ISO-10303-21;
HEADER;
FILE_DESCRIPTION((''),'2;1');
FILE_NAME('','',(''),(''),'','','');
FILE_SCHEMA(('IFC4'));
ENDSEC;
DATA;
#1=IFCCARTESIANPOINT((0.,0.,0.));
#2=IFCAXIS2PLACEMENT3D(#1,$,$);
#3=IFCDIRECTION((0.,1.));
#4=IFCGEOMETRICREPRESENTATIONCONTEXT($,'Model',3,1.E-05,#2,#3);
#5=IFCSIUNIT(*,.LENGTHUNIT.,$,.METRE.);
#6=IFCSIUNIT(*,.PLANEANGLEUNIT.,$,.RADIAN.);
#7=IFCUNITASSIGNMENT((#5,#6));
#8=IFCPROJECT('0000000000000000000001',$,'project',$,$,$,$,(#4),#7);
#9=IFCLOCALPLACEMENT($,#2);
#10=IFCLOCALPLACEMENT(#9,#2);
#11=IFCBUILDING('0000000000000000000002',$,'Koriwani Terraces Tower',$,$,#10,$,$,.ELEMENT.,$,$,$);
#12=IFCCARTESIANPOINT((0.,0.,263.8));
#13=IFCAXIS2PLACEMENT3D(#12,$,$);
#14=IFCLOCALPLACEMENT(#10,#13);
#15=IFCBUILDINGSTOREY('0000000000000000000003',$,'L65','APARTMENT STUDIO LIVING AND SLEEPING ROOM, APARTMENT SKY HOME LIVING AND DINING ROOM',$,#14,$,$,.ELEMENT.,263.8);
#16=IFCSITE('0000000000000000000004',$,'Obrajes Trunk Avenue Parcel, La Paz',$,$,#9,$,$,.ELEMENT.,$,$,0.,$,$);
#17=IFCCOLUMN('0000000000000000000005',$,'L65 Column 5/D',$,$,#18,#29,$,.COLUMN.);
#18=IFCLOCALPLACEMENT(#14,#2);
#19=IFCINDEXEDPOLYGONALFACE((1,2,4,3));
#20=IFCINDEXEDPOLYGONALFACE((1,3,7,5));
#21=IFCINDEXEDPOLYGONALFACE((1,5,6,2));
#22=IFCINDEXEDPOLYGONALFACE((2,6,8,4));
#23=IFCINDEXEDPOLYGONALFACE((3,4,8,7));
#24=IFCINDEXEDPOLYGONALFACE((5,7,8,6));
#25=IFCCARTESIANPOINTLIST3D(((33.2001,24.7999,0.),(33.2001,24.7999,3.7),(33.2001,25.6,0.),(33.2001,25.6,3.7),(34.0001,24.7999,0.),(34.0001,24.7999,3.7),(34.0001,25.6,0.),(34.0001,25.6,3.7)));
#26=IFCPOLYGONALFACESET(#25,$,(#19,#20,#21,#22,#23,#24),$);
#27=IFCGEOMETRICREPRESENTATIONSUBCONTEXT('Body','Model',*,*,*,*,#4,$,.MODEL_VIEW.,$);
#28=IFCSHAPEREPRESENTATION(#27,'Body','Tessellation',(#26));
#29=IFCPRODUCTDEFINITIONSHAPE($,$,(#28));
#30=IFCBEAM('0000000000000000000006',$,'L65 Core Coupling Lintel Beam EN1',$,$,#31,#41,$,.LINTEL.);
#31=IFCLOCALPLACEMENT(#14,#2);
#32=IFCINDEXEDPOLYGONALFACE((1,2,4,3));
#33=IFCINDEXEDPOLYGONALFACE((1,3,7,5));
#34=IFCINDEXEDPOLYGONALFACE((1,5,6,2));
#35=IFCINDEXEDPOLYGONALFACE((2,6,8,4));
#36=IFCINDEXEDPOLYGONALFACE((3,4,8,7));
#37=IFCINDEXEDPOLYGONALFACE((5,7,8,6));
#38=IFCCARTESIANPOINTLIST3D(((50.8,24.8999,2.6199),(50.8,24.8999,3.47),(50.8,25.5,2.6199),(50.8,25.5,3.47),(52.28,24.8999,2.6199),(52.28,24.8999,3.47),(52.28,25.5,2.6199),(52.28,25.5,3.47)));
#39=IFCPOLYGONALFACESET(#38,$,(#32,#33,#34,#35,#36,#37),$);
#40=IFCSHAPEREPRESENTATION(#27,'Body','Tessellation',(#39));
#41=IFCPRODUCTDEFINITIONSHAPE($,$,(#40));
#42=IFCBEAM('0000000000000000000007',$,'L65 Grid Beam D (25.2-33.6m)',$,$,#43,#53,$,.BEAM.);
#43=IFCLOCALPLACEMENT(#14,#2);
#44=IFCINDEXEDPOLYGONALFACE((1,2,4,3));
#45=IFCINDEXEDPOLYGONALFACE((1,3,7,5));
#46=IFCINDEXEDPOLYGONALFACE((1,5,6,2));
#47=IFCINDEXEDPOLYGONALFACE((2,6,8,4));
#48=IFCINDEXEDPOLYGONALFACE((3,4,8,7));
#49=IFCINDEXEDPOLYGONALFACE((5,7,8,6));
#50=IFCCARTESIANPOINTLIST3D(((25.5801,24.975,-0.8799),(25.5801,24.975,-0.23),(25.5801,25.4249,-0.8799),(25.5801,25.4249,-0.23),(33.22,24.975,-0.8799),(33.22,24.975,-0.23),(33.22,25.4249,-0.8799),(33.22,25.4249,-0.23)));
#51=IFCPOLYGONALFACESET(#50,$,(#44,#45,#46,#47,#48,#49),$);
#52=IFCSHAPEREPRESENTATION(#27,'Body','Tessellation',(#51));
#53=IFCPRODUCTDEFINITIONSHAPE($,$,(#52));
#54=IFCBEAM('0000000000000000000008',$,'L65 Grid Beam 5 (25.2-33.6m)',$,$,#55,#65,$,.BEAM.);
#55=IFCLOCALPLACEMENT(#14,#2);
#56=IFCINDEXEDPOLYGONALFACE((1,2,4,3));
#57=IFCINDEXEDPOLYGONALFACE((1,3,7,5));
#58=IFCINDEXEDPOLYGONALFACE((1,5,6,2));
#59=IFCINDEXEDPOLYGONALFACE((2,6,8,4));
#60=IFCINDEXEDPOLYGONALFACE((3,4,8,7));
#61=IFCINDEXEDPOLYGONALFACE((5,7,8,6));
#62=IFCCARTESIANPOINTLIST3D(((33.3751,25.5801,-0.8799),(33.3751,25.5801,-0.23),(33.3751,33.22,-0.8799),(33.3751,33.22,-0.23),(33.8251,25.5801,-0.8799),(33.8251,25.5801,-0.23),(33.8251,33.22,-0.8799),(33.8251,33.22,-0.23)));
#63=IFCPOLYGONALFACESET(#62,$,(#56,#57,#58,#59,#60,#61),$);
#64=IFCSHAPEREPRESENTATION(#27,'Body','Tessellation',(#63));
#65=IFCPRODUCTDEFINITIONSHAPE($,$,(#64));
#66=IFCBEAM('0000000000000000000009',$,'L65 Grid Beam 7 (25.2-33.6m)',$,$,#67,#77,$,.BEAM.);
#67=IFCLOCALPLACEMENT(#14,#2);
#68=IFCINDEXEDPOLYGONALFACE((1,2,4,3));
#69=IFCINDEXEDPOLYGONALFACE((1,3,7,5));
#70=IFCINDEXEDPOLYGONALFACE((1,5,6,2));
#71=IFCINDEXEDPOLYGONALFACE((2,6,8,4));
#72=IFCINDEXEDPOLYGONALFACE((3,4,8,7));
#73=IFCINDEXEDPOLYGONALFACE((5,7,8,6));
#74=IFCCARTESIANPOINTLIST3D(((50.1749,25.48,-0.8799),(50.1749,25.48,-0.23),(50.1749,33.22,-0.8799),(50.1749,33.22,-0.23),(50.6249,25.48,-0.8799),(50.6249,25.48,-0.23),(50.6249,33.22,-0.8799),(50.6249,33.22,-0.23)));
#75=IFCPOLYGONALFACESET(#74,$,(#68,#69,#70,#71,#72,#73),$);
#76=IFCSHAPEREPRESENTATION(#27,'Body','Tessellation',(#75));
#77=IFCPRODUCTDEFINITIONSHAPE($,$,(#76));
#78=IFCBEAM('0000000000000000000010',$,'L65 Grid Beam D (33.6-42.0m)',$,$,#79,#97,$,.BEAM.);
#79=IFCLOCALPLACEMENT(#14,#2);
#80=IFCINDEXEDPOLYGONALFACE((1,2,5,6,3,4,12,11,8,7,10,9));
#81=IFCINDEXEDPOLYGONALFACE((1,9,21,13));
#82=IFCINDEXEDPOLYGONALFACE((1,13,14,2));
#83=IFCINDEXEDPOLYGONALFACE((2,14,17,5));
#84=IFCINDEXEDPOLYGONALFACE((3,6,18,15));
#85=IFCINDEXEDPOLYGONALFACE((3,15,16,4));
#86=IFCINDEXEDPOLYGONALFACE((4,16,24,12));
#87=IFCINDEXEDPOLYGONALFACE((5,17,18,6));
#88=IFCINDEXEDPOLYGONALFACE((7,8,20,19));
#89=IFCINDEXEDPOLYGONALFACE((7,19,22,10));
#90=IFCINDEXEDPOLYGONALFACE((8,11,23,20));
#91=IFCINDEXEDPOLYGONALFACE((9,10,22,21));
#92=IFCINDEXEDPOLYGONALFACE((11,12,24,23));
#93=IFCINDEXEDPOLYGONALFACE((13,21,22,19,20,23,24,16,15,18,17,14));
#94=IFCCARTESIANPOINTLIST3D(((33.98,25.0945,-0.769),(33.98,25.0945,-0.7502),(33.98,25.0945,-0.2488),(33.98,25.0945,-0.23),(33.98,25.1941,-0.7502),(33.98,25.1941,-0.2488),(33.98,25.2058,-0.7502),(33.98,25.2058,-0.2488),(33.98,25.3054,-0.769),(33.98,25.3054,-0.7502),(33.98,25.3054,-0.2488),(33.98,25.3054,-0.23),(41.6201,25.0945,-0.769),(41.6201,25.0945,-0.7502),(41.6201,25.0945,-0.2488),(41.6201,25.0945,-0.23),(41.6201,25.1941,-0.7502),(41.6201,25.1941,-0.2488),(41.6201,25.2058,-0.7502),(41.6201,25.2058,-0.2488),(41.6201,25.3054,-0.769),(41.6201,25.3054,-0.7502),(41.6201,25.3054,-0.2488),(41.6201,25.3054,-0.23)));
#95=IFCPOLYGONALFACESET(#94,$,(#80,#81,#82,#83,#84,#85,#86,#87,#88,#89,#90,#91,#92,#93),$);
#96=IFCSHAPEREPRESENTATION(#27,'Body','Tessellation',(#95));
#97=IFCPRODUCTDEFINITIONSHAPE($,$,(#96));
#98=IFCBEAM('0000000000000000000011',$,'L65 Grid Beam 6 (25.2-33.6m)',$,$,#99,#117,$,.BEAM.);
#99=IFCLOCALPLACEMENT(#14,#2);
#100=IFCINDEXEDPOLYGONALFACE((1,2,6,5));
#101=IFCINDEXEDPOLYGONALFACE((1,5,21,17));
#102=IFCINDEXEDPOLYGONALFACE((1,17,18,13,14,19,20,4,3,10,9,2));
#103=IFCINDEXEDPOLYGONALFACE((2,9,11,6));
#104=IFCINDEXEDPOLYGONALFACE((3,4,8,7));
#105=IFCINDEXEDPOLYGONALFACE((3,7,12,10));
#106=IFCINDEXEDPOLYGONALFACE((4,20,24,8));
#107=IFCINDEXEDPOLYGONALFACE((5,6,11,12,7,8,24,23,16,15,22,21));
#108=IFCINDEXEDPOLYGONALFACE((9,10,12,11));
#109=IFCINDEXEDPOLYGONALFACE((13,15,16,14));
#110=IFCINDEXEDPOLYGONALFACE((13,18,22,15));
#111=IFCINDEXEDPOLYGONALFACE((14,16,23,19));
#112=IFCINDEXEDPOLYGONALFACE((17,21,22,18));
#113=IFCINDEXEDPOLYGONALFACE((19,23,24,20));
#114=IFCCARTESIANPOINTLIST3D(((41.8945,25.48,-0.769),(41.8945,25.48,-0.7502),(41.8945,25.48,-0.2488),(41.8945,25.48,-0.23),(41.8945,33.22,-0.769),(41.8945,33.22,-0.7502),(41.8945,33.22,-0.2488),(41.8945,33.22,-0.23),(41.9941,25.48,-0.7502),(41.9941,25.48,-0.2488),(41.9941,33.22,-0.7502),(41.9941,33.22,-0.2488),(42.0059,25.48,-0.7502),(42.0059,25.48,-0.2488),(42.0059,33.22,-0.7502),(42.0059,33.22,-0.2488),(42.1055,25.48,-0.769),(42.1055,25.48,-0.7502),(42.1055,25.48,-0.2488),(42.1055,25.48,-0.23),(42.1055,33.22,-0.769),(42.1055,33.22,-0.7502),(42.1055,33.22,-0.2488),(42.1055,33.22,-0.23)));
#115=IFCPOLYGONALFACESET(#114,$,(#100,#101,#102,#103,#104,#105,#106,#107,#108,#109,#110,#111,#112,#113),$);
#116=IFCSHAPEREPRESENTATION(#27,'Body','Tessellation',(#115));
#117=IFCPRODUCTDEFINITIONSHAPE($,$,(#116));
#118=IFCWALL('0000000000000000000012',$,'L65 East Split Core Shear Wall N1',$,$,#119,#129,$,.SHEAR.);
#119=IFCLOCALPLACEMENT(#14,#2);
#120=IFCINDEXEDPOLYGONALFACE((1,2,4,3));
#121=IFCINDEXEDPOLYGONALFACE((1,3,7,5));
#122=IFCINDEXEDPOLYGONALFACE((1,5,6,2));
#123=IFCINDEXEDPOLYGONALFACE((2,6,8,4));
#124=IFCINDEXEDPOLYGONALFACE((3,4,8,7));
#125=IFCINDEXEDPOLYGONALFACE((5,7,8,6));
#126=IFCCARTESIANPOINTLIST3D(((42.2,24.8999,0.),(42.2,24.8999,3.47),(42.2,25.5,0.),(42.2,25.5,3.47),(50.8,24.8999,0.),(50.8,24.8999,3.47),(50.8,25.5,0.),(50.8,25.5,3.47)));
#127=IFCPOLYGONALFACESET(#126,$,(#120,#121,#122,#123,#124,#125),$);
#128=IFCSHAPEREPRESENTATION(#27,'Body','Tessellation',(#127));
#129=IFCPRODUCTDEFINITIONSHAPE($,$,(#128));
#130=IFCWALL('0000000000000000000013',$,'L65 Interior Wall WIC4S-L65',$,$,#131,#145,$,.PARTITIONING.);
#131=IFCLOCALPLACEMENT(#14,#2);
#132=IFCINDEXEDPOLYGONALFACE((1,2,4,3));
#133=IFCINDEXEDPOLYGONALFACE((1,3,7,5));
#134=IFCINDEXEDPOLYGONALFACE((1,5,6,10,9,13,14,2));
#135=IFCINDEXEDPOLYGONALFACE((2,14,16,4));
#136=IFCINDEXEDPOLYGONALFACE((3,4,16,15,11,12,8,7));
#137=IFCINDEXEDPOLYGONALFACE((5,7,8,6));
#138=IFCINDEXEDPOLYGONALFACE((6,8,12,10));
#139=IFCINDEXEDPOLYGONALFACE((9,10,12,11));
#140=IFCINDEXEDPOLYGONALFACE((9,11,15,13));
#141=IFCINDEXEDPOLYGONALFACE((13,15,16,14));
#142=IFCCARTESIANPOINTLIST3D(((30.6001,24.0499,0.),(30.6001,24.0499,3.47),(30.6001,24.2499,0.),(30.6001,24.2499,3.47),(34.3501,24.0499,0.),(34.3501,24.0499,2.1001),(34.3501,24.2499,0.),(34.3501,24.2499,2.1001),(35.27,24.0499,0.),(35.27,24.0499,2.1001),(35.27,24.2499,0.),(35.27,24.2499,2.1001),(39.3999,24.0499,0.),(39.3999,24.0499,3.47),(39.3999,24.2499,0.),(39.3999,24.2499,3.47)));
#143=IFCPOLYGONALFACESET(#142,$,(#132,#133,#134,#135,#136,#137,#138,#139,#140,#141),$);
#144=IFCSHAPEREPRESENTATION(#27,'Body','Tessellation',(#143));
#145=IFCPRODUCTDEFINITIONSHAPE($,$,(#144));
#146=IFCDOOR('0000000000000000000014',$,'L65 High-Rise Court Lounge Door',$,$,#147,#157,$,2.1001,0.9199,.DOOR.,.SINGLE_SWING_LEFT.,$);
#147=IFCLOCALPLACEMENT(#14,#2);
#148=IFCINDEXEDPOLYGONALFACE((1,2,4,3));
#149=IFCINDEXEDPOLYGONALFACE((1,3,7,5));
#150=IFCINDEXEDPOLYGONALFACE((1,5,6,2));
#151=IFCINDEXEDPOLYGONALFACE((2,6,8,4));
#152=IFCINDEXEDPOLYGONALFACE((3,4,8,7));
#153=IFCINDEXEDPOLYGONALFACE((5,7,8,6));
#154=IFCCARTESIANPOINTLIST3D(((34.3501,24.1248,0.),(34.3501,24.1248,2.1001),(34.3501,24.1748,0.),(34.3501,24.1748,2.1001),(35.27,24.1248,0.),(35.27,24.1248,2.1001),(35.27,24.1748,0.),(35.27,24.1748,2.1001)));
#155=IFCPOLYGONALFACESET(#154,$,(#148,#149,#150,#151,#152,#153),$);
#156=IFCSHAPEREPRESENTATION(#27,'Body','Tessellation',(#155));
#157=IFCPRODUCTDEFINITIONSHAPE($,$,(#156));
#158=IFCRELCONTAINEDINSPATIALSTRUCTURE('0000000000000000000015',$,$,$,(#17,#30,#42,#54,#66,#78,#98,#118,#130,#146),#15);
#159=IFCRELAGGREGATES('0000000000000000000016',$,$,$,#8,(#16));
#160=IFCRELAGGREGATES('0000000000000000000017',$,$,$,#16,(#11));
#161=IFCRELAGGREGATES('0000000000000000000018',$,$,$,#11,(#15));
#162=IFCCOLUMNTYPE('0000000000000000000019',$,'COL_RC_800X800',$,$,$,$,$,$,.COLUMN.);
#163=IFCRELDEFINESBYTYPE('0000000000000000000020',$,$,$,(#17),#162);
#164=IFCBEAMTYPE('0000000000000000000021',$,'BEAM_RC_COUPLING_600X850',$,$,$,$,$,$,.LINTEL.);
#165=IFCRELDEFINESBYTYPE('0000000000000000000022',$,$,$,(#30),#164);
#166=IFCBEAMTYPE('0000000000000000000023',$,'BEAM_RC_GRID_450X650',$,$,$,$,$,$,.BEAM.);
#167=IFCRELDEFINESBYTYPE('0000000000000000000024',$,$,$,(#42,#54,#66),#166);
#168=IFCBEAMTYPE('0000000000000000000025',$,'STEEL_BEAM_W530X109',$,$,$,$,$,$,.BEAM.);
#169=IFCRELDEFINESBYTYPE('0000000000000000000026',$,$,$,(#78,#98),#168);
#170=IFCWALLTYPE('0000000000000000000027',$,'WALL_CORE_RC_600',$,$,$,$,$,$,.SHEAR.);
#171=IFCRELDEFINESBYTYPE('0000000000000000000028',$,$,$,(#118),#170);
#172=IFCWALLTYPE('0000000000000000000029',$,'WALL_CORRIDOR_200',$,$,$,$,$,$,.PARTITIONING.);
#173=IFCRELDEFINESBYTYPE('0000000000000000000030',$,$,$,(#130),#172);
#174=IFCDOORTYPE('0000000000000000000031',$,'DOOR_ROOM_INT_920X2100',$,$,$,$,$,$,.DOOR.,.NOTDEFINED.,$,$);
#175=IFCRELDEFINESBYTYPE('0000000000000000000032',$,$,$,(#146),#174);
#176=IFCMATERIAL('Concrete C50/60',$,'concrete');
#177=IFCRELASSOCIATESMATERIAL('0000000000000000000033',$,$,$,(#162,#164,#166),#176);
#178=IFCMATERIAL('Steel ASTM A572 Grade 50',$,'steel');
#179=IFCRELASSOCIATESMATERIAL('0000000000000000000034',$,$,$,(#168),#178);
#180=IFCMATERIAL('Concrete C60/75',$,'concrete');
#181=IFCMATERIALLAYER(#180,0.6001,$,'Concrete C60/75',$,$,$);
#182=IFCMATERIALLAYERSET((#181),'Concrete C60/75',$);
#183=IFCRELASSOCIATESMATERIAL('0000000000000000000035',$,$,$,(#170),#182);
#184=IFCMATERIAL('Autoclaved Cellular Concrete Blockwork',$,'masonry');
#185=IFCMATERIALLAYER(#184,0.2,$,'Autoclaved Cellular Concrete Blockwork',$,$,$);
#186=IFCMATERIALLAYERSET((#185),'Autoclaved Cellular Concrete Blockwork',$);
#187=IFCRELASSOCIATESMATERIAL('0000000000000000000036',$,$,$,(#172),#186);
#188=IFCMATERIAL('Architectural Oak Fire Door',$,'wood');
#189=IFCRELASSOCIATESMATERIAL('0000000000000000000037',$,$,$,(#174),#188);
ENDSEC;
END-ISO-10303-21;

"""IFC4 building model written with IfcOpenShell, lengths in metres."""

from ifc_helpers import new_model, si_unit, direction, frame, frame_2d, origin, origin_2d, place, context, subcontext, project, spatial, rectangle, i_section, extrude, material, layer, layer_set, material_profile, profile_set, type_object, element, fill, save


model = new_model("IFC4")

# Units and contexts
model_context = context("Model", 3, precision=1e-05, world=origin(), true_north=direction((0.0, 1.0)))
body_context = subcontext(model_context, "Body", "Model", "MODEL_VIEW")
ifc_project = project(units=[si_unit("LENGTHUNIT", "METRE"), si_unit("PLANEANGLEUNIT", "RADIAN")], contexts=[model_context])

# Site, building, storey
site_placement = place(None, origin())
site = spatial("IfcSite", under=ifc_project, at=site_placement, Name="Obrajes Trunk Avenue Parcel, La Paz", CompositionType="ELEMENT", RefElevation=0.0)
building_placement = place(site_placement, origin())
building = spatial("IfcBuilding", under=site, at=building_placement, Name="Koriwani Terraces Tower", CompositionType="ELEMENT")
storey_placement = place(building_placement, frame((0.0, 0.0, 263.8)))
storey = spatial("IfcBuildingStorey", under=building, at=storey_placement, Name="L65", Description="APARTMENT STUDIO LIVING AND SLEEPING ROOM, APARTMENT SKY HOME LIVING AND DINING ROOM", CompositionType="ELEMENT", Elevation=263.8)

# Column
ifc_material_1 = material(Name="Concrete C50/60", Category="concrete")
ifc_material_profile_1 = material_profile(ifc_material_1, rectangle(XDim=0.8, YDim=0.8, at=origin_2d()), Name="Concrete C50/60", Category="LoadBearing")
ifc_profile_set_1 = profile_set([ifc_material_profile_1], Name="Concrete C50/60")
column_type = type_object("IfcColumnType", Name="COL_RC_800X800", PredefinedType="COLUMN", material=ifc_profile_set_1)
column_placement = place(storey_placement, frame((33.6001, 25.2, 0.0), z_axis=(0.0, 0.0, 1.0), x_axis=(1.0, 0.0, 0.0)))
element("IfcColumn", 1, at=column_placement, inside=storey, type_object=column_type, Name="L65 Column 5/D", PredefinedType="COLUMN", context=body_context, shape_type="SweptSolid", body=[
    extrude(rectangle(XDim=0.8, YDim=0.8, at=origin_2d()), origin(), (0.0, 0.0, 1.0), 3.7),
])

# Beams
ifc_material_profile_2 = material_profile(ifc_material_1, rectangle(XDim=0.6001, YDim=0.8501, at=origin_2d()), Name="Concrete C50/60", Category="LoadBearing")
ifc_profile_set_2 = profile_set([ifc_material_profile_2], Name="Concrete C50/60")
beam_type_1 = type_object("IfcBeamType", Name="BEAM_RC_COUPLING_600X850", PredefinedType="LINTEL", material=ifc_profile_set_2)
beam_1_placement = place(storey_placement, frame((50.8, 25.2, 3.0449), z_axis=(1.0, 0.0, 0.0), x_axis=(0.0, 1.0, 0.0)))
element("IfcBeam", 2, at=beam_1_placement, inside=storey, type_object=beam_type_1, Name="L65 Core Coupling Lintel Beam EN1", PredefinedType="LINTEL", context=body_context, shape_type="SweptSolid", body=[
    extrude(rectangle(XDim=0.6001, YDim=0.8501, at=origin_2d()), origin(), (0.0, 0.0, 1.0), 1.48),
])
ifc_material_profile_3 = material_profile(ifc_material_1, rectangle(XDim=0.45, YDim=0.6499, at=origin_2d()), Name="Concrete C50/60", Category="LoadBearing")
ifc_profile_set_3 = profile_set([ifc_material_profile_3], Name="Concrete C50/60")
beam_type_2 = type_object("IfcBeamType", Name="BEAM_RC_GRID_450X650", PredefinedType="BEAM", material=ifc_profile_set_3)
for number, where, z_axis, x_axis, name in (
    (3, (25.5801, 25.2, -0.5549), (1.0, 0.0, 0.0), (0.0, 1.0, 0.0), "L65 Grid Beam D (25.2-33.6m)"),
    (4, (33.6001, 25.5801, -0.5549), (0.0, 1.0, 0.0), (-1.0, 0.0, 0.0), "L65 Grid Beam 5 (25.2-33.6m)"),
):
    element("IfcBeam", number, at=place(storey_placement, frame(where, z_axis=z_axis, x_axis=x_axis)), inside=storey, type_object=beam_type_2, Name=name, PredefinedType="BEAM", context=body_context, shape_type="SweptSolid", body=[
        extrude(rectangle(XDim=0.45, YDim=0.6499, at=origin_2d()), origin(), (0.0, 0.0, 1.0), 7.6399),
    ])
beam_2_placement = place(storey_placement, frame((50.3999, 25.48, -0.5549), z_axis=(0.0, 1.0, 0.0), x_axis=(-1.0, 0.0, 0.0)))
element("IfcBeam", 5, at=beam_2_placement, inside=storey, type_object=beam_type_2, Name="L65 Grid Beam 7 (25.2-33.6m)", PredefinedType="BEAM", context=body_context, shape_type="SweptSolid", body=[
    extrude(rectangle(XDim=0.45, YDim=0.6499, at=origin_2d()), origin(), (0.0, 0.0, 1.0), 7.74),
])
ifc_material_2 = material(Name="Steel ASTM A572 Grade 50", Category="steel")
ifc_material_profile_4 = material_profile(ifc_material_2, i_section(OverallWidth=0.2109, OverallDepth=0.5391, WebThickness=0.0117, FlangeThickness=0.0188, at=origin_2d()), Name="Steel ASTM A572 Grade 50", Category="LoadBearing")
ifc_profile_set_4 = profile_set([ifc_material_profile_4], Name="Steel ASTM A572 Grade 50")
beam_type_3 = type_object("IfcBeamType", Name="STEEL_BEAM_W530X109", PredefinedType="BEAM", material=ifc_profile_set_4)
beam_3_placement = place(storey_placement, frame((33.98, 25.2, -0.4995), z_axis=(1.0, 0.0, 0.0), x_axis=(0.0, 1.0, 0.0)))
element("IfcBeam", 6, at=beam_3_placement, inside=storey, type_object=beam_type_3, Name="L65 Grid Beam D (33.6-42.0m)", PredefinedType="BEAM", context=body_context, shape_type="SweptSolid", body=[
    extrude(i_section(OverallWidth=0.2109, OverallDepth=0.5391, WebThickness=0.0117, FlangeThickness=0.0188, at=origin_2d()), origin(), (0.0, 0.0, 1.0), 7.6401),
])
beam_4_placement = place(storey_placement, frame((42.0, 25.48, -0.4995), z_axis=(0.0, 1.0, 0.0), x_axis=(-1.0, 0.0, 0.0)))
element("IfcBeam", 7, at=beam_4_placement, inside=storey, type_object=beam_type_3, Name="L65 Grid Beam 6 (25.2-33.6m)", PredefinedType="BEAM", context=body_context, shape_type="SweptSolid", body=[
    extrude(i_section(OverallWidth=0.2109, OverallDepth=0.5391, WebThickness=0.0117, FlangeThickness=0.0188, at=origin_2d()), origin(), (0.0, 0.0, 1.0), 7.74),
])

# Wall
ifc_material_3 = material(Name="Concrete C60/75", Category="concrete")
ifc_layer_1 = layer(ifc_material_3, 0.6001, Name="Concrete C60/75")
ifc_layer_set_1 = layer_set([ifc_layer_1], Name="Concrete C60/75")
wall_type_1 = type_object("IfcWallType", Name="WALL_CORE_RC_600", PredefinedType="SHEAR", material=ifc_layer_set_1)
wall_1_placement = place(storey_placement, frame((42.2, 25.2, 0.0), z_axis=(0.0, 0.0, 1.0), x_axis=(1.0, 0.0, 0.0)))
element("IfcWall", 8, at=wall_1_placement, inside=storey, type_object=wall_type_1, Name="L65 East Split Core Shear Wall N1", PredefinedType="SHEAR", context=body_context, shape_type="SweptSolid", body=[
    extrude(rectangle(XDim=8.6001, YDim=0.6001, at=frame_2d((4.3, 0.0))), origin(), (0.0, 0.0, 1.0), 3.47),
])

# Wall, opening, door
ifc_material_4 = material(Name="Autoclaved Cellular Concrete Blockwork", Category="masonry")
ifc_layer_2 = layer(ifc_material_4, 0.2, Name="Autoclaved Cellular Concrete Blockwork")
ifc_layer_set_2 = layer_set([ifc_layer_2], Name="Autoclaved Cellular Concrete Blockwork")
wall_type_2 = type_object("IfcWallType", Name="WALL_CORRIDOR_200", PredefinedType="PARTITIONING", material=ifc_layer_set_2)
wall_2_placement = place(storey_placement, frame((30.6001, 24.1499, 0.0), z_axis=(0.0, 0.0, 1.0), x_axis=(1.0, 0.0, 0.0)))
wall_2 = element("IfcWall", 9, at=wall_2_placement, inside=storey, type_object=wall_type_2, Name="L65 Interior Wall WIC4S-L65", PredefinedType="PARTITIONING", context=body_context, shape_type="SweptSolid", body=[
    extrude(rectangle(XDim=8.7998, YDim=0.2, at=frame_2d((4.3999, 0.0))), origin(), (0.0, 0.0, 1.0), 3.47),
])
opening_1_placement = place(wall_2_placement, frame((3.75, 0.0, 0.0)))
opening_1 = element("IfcOpeningElement", 10, at=opening_1_placement, cuts=wall_2, PredefinedType="OPENING", context=body_context, shape_type="SweptSolid", body=[
    extrude(rectangle(XDim=0.9199, YDim=2.1001, at=frame_2d((0.46, 1.05))), frame((0.0, 0.1099, 0.0), z_axis=(0.0, -1.0, 0.0), x_axis=(1.0, 0.0, 0.0)), (0.0, 0.0, 1.0), 0.22),
])
ifc_material_5 = material(Name="Architectural Oak Fire Door", Category="wood")
door_type_1 = type_object("IfcDoorType", Name="DOOR_ROOM_INT_920X2100", OperationType="NOTDEFINED", PredefinedType="DOOR", material=ifc_material_5)
door_1_placement = place(opening_1_placement, origin())
door_1 = element("IfcDoor", 11, at=door_1_placement, inside=storey, type_object=door_type_1, Name="L65 High-Rise Court Lounge Door", OperationType="SINGLE_SWING_LEFT", OverallHeight=2.1001, OverallWidth=0.9199, PredefinedType="DOOR", context=body_context, shape_type="SweptSolid", body=[
    extrude(rectangle(XDim=0.9199, YDim=2.1001, at=frame_2d((0.46, 1.05))), frame((0.0, 0.0249, 0.0), z_axis=(0.0, -1.0, 0.0), x_axis=(1.0, 0.0, 0.0)), (0.0, 0.0, 1.0), 0.05),
])
fill(opening_1, door_1)

save(model, "model.ifc")
